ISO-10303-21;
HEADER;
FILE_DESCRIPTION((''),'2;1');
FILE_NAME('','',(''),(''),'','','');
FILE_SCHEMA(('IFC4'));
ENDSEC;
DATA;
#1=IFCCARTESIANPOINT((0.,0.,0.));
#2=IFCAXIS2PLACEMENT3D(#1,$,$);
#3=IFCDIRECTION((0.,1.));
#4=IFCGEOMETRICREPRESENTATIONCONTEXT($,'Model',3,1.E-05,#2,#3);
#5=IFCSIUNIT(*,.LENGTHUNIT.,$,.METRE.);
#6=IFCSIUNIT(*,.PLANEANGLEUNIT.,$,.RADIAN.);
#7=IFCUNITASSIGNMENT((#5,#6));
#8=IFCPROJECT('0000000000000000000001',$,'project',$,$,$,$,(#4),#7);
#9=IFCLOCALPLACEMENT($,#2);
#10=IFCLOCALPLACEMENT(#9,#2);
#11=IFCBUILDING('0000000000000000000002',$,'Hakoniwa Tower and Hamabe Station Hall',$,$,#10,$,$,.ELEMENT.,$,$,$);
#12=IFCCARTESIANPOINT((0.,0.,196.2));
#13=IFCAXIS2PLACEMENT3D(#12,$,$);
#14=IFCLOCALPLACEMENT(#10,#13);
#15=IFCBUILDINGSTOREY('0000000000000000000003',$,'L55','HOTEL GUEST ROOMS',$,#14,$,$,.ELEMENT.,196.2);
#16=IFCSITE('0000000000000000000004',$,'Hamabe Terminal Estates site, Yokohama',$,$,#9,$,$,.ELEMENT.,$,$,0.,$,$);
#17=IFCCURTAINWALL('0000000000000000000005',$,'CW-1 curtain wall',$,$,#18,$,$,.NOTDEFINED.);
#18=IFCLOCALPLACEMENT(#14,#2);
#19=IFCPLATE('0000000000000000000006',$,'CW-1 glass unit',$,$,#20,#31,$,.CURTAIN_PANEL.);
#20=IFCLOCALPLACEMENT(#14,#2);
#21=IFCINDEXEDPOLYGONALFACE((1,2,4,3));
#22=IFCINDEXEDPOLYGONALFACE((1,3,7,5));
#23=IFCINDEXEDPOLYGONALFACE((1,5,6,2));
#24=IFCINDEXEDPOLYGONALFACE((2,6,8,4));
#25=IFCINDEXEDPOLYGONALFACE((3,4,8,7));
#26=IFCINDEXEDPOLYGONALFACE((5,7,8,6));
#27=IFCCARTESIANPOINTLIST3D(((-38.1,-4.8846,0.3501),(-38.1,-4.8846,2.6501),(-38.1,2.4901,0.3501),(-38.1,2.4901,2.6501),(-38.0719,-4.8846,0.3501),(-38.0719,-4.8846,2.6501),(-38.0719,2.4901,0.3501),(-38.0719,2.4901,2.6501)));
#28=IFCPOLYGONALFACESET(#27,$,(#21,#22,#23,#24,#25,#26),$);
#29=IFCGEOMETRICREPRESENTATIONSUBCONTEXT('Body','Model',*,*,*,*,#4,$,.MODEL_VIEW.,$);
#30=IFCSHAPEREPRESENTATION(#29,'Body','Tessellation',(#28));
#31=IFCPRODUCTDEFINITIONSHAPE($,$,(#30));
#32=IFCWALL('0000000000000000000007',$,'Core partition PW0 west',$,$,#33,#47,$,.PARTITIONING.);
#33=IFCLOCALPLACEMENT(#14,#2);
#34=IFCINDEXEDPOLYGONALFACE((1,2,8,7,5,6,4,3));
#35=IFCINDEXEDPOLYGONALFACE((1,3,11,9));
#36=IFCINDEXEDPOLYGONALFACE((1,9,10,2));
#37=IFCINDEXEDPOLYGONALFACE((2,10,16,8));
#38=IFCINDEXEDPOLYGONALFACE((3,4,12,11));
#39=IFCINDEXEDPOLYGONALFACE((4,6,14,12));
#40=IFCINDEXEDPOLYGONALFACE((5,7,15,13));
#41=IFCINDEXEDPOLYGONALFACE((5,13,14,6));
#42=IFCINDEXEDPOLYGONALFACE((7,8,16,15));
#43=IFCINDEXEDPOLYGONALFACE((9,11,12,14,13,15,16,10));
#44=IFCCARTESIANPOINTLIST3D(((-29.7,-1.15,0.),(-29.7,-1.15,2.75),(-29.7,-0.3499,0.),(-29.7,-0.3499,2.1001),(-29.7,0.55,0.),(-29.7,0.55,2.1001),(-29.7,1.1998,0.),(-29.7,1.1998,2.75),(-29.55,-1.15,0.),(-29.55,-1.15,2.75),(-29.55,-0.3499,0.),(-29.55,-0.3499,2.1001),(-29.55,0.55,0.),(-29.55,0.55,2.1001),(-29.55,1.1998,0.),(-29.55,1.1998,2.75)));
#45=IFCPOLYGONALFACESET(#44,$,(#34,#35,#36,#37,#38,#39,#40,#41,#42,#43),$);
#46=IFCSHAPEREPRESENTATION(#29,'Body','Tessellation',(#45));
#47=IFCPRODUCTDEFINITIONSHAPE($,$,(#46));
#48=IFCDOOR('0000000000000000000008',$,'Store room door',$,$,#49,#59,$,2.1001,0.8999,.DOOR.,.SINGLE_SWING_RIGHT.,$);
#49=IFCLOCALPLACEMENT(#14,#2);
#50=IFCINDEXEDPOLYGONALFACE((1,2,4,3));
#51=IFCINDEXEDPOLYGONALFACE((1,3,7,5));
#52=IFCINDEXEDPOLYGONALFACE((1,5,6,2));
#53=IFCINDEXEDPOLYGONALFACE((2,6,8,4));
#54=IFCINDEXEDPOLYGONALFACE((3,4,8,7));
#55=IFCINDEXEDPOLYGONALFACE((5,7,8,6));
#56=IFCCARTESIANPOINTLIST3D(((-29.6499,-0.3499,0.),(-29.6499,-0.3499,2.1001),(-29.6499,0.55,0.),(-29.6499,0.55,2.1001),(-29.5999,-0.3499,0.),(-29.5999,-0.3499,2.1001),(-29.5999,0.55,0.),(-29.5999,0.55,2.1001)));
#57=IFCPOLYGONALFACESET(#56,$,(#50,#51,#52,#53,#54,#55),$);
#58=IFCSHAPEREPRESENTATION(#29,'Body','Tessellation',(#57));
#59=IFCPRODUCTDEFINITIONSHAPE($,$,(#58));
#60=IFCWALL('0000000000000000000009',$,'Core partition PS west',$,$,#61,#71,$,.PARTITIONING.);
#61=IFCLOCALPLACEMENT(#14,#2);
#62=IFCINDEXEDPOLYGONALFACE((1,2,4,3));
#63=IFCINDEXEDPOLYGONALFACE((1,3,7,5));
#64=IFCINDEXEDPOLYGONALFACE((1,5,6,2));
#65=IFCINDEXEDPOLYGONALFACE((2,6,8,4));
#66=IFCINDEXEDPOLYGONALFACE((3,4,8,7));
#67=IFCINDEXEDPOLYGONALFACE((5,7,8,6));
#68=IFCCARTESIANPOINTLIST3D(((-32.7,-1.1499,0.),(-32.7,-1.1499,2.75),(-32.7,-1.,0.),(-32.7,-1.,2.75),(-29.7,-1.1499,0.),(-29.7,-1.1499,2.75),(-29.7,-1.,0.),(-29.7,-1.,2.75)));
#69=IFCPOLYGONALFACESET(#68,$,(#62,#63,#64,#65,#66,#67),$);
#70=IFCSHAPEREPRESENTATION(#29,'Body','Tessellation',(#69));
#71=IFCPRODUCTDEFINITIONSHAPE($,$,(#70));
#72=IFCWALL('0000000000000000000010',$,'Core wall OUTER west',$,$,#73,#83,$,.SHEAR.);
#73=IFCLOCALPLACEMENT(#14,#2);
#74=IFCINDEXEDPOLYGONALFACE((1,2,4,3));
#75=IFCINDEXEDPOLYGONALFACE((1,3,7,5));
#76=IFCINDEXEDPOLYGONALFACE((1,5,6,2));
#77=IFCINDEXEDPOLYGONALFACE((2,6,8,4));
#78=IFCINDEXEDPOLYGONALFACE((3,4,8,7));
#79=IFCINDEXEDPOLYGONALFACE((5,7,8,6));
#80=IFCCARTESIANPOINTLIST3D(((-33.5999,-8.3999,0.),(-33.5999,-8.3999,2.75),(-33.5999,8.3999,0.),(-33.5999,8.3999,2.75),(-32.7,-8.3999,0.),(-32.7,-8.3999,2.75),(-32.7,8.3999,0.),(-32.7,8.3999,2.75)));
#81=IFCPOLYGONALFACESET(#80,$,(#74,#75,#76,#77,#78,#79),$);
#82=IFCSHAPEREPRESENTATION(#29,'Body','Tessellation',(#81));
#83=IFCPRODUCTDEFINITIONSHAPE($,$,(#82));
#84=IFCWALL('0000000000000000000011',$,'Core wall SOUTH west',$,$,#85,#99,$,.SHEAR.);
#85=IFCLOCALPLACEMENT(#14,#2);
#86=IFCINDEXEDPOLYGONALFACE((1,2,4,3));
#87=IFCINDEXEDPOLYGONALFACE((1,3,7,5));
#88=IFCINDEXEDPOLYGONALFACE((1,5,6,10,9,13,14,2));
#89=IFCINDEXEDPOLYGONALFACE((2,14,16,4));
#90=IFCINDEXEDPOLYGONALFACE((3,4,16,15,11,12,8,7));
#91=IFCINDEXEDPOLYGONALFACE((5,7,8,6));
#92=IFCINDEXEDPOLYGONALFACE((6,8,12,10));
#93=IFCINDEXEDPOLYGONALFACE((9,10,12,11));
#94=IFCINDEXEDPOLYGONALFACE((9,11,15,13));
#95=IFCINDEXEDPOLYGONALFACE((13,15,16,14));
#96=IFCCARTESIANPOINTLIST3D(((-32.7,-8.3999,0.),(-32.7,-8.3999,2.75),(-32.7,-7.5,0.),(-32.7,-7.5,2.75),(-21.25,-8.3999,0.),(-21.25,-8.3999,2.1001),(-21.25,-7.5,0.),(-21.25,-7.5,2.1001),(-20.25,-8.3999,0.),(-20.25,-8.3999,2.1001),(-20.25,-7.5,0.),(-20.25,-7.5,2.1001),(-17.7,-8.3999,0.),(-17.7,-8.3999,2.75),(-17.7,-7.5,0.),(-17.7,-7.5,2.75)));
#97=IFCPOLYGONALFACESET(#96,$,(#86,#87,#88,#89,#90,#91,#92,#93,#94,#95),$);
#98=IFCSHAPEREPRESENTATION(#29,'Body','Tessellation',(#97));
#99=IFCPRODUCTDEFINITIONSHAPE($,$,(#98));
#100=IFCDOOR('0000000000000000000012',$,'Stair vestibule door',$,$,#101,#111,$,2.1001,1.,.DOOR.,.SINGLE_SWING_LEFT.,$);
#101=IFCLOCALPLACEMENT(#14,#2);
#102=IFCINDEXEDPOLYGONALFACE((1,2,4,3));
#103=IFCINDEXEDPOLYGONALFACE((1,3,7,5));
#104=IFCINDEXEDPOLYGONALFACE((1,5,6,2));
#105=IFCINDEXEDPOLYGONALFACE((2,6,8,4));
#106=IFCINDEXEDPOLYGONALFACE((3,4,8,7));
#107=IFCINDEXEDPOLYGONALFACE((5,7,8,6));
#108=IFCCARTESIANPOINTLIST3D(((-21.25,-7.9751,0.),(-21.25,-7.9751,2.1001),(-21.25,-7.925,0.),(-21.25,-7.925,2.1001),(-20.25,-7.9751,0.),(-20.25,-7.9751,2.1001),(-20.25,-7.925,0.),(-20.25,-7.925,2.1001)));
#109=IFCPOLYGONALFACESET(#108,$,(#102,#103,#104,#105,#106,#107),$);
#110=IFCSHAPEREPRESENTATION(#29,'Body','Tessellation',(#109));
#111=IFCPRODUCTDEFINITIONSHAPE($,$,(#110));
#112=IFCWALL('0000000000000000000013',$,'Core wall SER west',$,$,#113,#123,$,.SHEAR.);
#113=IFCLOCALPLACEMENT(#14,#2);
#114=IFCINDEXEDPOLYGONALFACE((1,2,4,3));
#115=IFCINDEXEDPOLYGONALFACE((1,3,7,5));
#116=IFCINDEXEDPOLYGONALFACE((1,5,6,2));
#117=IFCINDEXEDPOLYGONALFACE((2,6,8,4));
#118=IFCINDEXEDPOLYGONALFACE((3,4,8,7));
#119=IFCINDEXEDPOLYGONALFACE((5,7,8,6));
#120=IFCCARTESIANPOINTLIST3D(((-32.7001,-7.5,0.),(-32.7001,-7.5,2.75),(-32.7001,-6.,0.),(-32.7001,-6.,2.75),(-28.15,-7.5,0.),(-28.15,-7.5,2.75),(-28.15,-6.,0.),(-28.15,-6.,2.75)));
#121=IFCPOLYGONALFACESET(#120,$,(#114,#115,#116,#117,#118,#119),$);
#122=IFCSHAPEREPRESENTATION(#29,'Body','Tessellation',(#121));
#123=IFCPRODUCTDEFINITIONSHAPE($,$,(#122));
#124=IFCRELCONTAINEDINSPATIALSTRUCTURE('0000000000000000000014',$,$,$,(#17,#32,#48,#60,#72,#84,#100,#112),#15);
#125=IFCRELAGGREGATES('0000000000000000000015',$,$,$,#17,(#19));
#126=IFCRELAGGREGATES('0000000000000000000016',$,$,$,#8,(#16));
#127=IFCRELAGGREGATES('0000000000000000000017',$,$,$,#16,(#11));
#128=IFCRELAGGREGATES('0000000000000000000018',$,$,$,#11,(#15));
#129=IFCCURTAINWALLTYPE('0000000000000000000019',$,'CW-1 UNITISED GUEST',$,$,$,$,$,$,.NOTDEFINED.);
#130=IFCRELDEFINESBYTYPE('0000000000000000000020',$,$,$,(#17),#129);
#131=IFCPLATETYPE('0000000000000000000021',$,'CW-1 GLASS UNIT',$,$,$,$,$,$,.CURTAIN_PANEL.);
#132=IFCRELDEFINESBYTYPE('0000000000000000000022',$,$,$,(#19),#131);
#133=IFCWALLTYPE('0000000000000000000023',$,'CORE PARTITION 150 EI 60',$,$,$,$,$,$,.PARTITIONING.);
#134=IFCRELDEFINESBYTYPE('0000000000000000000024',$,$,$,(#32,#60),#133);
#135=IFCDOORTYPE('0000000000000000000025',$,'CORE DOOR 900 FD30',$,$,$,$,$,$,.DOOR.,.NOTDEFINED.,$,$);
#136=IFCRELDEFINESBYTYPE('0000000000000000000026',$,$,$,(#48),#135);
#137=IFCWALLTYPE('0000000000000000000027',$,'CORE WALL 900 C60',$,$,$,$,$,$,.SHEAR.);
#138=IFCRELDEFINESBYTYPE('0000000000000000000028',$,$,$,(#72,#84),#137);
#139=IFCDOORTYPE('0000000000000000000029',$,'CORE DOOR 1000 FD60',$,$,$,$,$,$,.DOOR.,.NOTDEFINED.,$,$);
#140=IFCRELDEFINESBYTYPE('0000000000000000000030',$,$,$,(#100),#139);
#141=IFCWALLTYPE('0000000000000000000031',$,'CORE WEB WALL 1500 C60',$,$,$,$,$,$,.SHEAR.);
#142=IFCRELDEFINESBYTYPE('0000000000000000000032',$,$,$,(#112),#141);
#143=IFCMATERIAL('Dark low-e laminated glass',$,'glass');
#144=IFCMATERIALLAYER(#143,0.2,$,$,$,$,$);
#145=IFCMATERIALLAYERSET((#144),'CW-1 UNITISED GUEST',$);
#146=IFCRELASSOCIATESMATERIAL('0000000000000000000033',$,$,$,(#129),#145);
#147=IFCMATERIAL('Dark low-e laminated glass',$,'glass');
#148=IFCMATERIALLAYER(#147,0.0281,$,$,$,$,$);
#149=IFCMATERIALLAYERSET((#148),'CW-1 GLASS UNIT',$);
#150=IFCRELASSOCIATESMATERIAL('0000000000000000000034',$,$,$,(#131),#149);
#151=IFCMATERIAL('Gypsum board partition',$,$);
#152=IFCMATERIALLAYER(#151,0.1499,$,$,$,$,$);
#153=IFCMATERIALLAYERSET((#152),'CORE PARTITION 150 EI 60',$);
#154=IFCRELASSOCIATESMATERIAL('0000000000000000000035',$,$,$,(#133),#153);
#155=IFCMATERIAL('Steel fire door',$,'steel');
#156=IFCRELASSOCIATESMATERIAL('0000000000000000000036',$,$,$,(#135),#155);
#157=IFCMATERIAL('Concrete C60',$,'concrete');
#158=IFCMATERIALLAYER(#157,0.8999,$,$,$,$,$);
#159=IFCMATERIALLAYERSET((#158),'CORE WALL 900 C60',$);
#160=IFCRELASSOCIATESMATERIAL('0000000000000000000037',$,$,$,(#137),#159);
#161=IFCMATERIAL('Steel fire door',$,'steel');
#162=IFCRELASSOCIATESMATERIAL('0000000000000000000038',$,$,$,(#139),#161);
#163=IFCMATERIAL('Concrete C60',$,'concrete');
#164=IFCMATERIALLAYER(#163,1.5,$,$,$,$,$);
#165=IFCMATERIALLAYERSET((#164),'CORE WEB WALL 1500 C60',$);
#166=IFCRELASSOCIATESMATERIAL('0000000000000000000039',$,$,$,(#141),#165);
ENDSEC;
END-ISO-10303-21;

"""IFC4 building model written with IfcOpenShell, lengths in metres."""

from ifc_helpers import new_model, si_unit, direction, frame, frame_2d, origin, origin_2d, place, context, subcontext, project, spatial, rectangle, extrude, material, layer, layer_set, type_object, element, fill, aggregate, save


model = new_model("IFC4")

# Units and contexts
model_context = context("Model", 3, precision=1e-05, world=origin(), true_north=direction((0.0, 1.0)))
body_context = subcontext(model_context, "Body", "Model", "MODEL_VIEW")
ifc_project = project(units=[si_unit("LENGTHUNIT", "METRE"), si_unit("PLANEANGLEUNIT", "RADIAN")], contexts=[model_context])

# Site, building, storey
site_placement = place(None, origin())
site = spatial("IfcSite", under=ifc_project, at=site_placement, Name="Hamabe Terminal Estates site, Yokohama", CompositionType="ELEMENT", RefElevation=0.0)
building_placement = place(site_placement, origin())
building = spatial("IfcBuilding", under=site, at=building_placement, Name="Hakoniwa Tower and Hamabe Station Hall", CompositionType="ELEMENT")
storey_placement = place(building_placement, frame((0.0, 0.0, 196.2)))
storey = spatial("IfcBuildingStorey", under=building, at=storey_placement, Name="L55", Description="HOTEL GUEST ROOMS", CompositionType="ELEMENT", Elevation=196.2)

# Curtain wall, plate
ifc_material_1 = material(Name="Dark low-e laminated glass", Category="glass")
ifc_layer_1 = layer(ifc_material_1, 0.2)
ifc_layer_set_1 = layer_set([ifc_layer_1], Name="CW-1 UNITISED GUEST")
curtain_wall_type = type_object("IfcCurtainWallType", Name="CW-1 UNITISED GUEST", PredefinedType="NOTDEFINED", material=ifc_layer_set_1)
curtain_wall_placement = place(storey_placement, origin())
curtain_wall = element("IfcCurtainWall", 1, at=curtain_wall_placement, inside=storey, type_object=curtain_wall_type, Name="CW-1 curtain wall", PredefinedType="NOTDEFINED")
ifc_material_2 = material(Name="Dark low-e laminated glass", Category="glass")
ifc_layer_2 = layer(ifc_material_2, 0.0281)
ifc_layer_set_2 = layer_set([ifc_layer_2], Name="CW-1 GLASS UNIT")
plate_type = type_object("IfcPlateType", Name="CW-1 GLASS UNIT", PredefinedType="CURTAIN_PANEL", material=ifc_layer_set_2)
plate_placement = place(storey_placement, frame((-38.0859, -1.1973, 0.3501), z_axis=(0.0, 0.0, 1.0), x_axis=(0.0, -1.0, 0.0)))
plate = element("IfcPlate", 2, at=plate_placement, type_object=plate_type, Name="CW-1 glass unit", PredefinedType="CURTAIN_PANEL", context=body_context, shape_type="SweptSolid", body=[
    extrude(rectangle(XDim=7.3748, YDim=0.0281, at=origin_2d()), origin(), (0.0, 0.0, 1.0), 2.3),
])
aggregate(curtain_wall, [plate])

# Wall, opening, door
ifc_material_3 = material(Name="Gypsum board partition")
ifc_layer_3 = layer(ifc_material_3, 0.1499)
ifc_layer_set_3 = layer_set([ifc_layer_3], Name="CORE PARTITION 150 EI 60")
wall_type_1 = type_object("IfcWallType", Name="CORE PARTITION 150 EI 60", PredefinedType="PARTITIONING", material=ifc_layer_set_3)
wall_1_placement = place(storey_placement, frame((-29.625, -1.1499, 0.0), z_axis=(0.0, 0.0, 1.0), x_axis=(0.0, 1.0, 0.0)))
wall_1 = element("IfcWall", 3, at=wall_1_placement, inside=storey, type_object=wall_type_1, Name="Core partition PW0 west", PredefinedType="PARTITIONING", context=body_context, shape_type="SweptSolid", body=[
    extrude(rectangle(XDim=2.3499, YDim=0.1499, at=frame_2d((1.1748, 0.0))), origin(), (0.0, 0.0, 1.0), 2.75),
])
opening_1_placement = place(wall_1_placement, frame((0.8, 0.0, 0.0)))
opening_1 = element("IfcOpeningElement", 4, at=opening_1_placement, cuts=wall_1, PredefinedType="OPENING", context=body_context, shape_type="SweptSolid", body=[
    extrude(rectangle(XDim=0.8999, YDim=2.1001, at=frame_2d((0.45, 1.05))), frame((0.0, 0.085, 0.0), z_axis=(0.0, -1.0, 0.0), x_axis=(1.0, 0.0, 0.0)), (0.0, 0.0, 1.0), 0.1699),
])
ifc_material_4 = material(Name="Steel fire door", Category="steel")
door_type_1 = type_object("IfcDoorType", Name="CORE DOOR 900 FD30", OperationType="NOTDEFINED", PredefinedType="DOOR", material=ifc_material_4)
door_1_placement = place(opening_1_placement, origin())
door_1 = element("IfcDoor", 5, at=door_1_placement, inside=storey, type_object=door_type_1, Name="Store room door", OperationType="SINGLE_SWING_RIGHT", OverallHeight=2.1001, OverallWidth=0.8999, PredefinedType="DOOR", context=body_context, shape_type="SweptSolid", body=[
    extrude(rectangle(XDim=0.8999, YDim=2.1001, at=frame_2d((0.45, 1.05))), frame((0.0, 0.0249, 0.0), z_axis=(0.0, -1.0, 0.0), x_axis=(1.0, 0.0, 0.0)), (0.0, 0.0, 1.0), 0.05),
])
fill(opening_1, door_1)

# Walls
wall_2_placement = place(storey_placement, frame((-32.7, -1.075, 0.0), z_axis=(0.0, 0.0, 1.0), x_axis=(1.0, 0.0, 0.0)))
element("IfcWall", 6, at=wall_2_placement, inside=storey, type_object=wall_type_1, Name="Core partition PS west", PredefinedType="PARTITIONING", context=body_context, shape_type="SweptSolid", body=[
    extrude(rectangle(XDim=3.0, YDim=0.1499, at=frame_2d((1.5, 0.0))), origin(), (0.0, 0.0, 1.0), 2.75),
])
ifc_material_5 = material(Name="Concrete C60", Category="concrete")
ifc_layer_4 = layer(ifc_material_5, 0.8999)
ifc_layer_set_4 = layer_set([ifc_layer_4], Name="CORE WALL 900 C60")
wall_type_2 = type_object("IfcWallType", Name="CORE WALL 900 C60", PredefinedType="SHEAR", material=ifc_layer_set_4)
wall_3_placement = place(storey_placement, frame((-33.1499, -8.3999, 0.0), z_axis=(0.0, 0.0, 1.0), x_axis=(0.0, 1.0, 0.0)))
element("IfcWall", 7, at=wall_3_placement, inside=storey, type_object=wall_type_2, Name="Core wall OUTER west", PredefinedType="SHEAR", context=body_context, shape_type="SweptSolid", body=[
    extrude(rectangle(XDim=16.7998, YDim=0.8999, at=frame_2d((8.3999, 0.0))), origin(), (0.0, 0.0, 1.0), 2.75),
])

# Wall, opening, door
wall_4_placement = place(storey_placement, frame((-32.7, -7.95, 0.0), z_axis=(0.0, 0.0, 1.0), x_axis=(1.0, 0.0, 0.0)))
wall_4 = element("IfcWall", 8, at=wall_4_placement, inside=storey, type_object=wall_type_2, Name="Core wall SOUTH west", PredefinedType="SHEAR", context=body_context, shape_type="SweptSolid", body=[
    extrude(rectangle(XDim=15.0, YDim=0.8999, at=frame_2d((7.5, 0.0))), origin(), (0.0, 0.0, 1.0), 2.75),
])
opening_2_placement = place(wall_4_placement, frame((11.45, 0.0, 0.0)))
opening_2 = element("IfcOpeningElement", 9, at=opening_2_placement, cuts=wall_4, PredefinedType="OPENING", context=body_context, shape_type="SweptSolid", body=[
    extrude(rectangle(XDim=1.0, YDim=2.1001, at=frame_2d((0.5, 1.05))), frame((0.0, 0.46, 0.0), z_axis=(0.0, -1.0, 0.0), x_axis=(1.0, 0.0, 0.0)), (0.0, 0.0, 1.0), 0.9199),
])
ifc_material_6 = material(Name="Steel fire door", Category="steel")
door_type_2 = type_object("IfcDoorType", Name="CORE DOOR 1000 FD60", OperationType="NOTDEFINED", PredefinedType="DOOR", material=ifc_material_6)
door_2_placement = place(opening_2_placement, origin())
door_2 = element("IfcDoor", 10, at=door_2_placement, inside=storey, type_object=door_type_2, Name="Stair vestibule door", OperationType="SINGLE_SWING_LEFT", OverallHeight=2.1001, OverallWidth=1.0, PredefinedType="DOOR", context=body_context, shape_type="SweptSolid", body=[
    extrude(rectangle(XDim=1.0, YDim=2.1001, at=frame_2d((0.5, 1.05))), frame((0.0, 0.0249, 0.0), z_axis=(0.0, -1.0, 0.0), x_axis=(1.0, 0.0, 0.0)), (0.0, 0.0, 1.0), 0.05),
])
fill(opening_2, door_2)

# Wall
ifc_material_7 = material(Name="Concrete C60", Category="concrete")
ifc_layer_5 = layer(ifc_material_7, 1.5)
ifc_layer_set_5 = layer_set([ifc_layer_5], Name="CORE WEB WALL 1500 C60")
wall_type_3 = type_object("IfcWallType", Name="CORE WEB WALL 1500 C60", PredefinedType="SHEAR", material=ifc_layer_set_5)
wall_5_placement = place(storey_placement, frame((-32.7, -6.75, 0.0), z_axis=(0.0, 0.0, 1.0), x_axis=(1.0, 0.0, 0.0)))
element("IfcWall", 11, at=wall_5_placement, inside=storey, type_object=wall_type_3, Name="Core wall SER west", PredefinedType="SHEAR", context=body_context, shape_type="SweptSolid", body=[
    extrude(rectangle(XDim=4.55, YDim=1.5, at=frame_2d((2.2749, 0.0))), origin(), (0.0, 0.0, 1.0), 2.75),
])

save(model, "model.ifc")
